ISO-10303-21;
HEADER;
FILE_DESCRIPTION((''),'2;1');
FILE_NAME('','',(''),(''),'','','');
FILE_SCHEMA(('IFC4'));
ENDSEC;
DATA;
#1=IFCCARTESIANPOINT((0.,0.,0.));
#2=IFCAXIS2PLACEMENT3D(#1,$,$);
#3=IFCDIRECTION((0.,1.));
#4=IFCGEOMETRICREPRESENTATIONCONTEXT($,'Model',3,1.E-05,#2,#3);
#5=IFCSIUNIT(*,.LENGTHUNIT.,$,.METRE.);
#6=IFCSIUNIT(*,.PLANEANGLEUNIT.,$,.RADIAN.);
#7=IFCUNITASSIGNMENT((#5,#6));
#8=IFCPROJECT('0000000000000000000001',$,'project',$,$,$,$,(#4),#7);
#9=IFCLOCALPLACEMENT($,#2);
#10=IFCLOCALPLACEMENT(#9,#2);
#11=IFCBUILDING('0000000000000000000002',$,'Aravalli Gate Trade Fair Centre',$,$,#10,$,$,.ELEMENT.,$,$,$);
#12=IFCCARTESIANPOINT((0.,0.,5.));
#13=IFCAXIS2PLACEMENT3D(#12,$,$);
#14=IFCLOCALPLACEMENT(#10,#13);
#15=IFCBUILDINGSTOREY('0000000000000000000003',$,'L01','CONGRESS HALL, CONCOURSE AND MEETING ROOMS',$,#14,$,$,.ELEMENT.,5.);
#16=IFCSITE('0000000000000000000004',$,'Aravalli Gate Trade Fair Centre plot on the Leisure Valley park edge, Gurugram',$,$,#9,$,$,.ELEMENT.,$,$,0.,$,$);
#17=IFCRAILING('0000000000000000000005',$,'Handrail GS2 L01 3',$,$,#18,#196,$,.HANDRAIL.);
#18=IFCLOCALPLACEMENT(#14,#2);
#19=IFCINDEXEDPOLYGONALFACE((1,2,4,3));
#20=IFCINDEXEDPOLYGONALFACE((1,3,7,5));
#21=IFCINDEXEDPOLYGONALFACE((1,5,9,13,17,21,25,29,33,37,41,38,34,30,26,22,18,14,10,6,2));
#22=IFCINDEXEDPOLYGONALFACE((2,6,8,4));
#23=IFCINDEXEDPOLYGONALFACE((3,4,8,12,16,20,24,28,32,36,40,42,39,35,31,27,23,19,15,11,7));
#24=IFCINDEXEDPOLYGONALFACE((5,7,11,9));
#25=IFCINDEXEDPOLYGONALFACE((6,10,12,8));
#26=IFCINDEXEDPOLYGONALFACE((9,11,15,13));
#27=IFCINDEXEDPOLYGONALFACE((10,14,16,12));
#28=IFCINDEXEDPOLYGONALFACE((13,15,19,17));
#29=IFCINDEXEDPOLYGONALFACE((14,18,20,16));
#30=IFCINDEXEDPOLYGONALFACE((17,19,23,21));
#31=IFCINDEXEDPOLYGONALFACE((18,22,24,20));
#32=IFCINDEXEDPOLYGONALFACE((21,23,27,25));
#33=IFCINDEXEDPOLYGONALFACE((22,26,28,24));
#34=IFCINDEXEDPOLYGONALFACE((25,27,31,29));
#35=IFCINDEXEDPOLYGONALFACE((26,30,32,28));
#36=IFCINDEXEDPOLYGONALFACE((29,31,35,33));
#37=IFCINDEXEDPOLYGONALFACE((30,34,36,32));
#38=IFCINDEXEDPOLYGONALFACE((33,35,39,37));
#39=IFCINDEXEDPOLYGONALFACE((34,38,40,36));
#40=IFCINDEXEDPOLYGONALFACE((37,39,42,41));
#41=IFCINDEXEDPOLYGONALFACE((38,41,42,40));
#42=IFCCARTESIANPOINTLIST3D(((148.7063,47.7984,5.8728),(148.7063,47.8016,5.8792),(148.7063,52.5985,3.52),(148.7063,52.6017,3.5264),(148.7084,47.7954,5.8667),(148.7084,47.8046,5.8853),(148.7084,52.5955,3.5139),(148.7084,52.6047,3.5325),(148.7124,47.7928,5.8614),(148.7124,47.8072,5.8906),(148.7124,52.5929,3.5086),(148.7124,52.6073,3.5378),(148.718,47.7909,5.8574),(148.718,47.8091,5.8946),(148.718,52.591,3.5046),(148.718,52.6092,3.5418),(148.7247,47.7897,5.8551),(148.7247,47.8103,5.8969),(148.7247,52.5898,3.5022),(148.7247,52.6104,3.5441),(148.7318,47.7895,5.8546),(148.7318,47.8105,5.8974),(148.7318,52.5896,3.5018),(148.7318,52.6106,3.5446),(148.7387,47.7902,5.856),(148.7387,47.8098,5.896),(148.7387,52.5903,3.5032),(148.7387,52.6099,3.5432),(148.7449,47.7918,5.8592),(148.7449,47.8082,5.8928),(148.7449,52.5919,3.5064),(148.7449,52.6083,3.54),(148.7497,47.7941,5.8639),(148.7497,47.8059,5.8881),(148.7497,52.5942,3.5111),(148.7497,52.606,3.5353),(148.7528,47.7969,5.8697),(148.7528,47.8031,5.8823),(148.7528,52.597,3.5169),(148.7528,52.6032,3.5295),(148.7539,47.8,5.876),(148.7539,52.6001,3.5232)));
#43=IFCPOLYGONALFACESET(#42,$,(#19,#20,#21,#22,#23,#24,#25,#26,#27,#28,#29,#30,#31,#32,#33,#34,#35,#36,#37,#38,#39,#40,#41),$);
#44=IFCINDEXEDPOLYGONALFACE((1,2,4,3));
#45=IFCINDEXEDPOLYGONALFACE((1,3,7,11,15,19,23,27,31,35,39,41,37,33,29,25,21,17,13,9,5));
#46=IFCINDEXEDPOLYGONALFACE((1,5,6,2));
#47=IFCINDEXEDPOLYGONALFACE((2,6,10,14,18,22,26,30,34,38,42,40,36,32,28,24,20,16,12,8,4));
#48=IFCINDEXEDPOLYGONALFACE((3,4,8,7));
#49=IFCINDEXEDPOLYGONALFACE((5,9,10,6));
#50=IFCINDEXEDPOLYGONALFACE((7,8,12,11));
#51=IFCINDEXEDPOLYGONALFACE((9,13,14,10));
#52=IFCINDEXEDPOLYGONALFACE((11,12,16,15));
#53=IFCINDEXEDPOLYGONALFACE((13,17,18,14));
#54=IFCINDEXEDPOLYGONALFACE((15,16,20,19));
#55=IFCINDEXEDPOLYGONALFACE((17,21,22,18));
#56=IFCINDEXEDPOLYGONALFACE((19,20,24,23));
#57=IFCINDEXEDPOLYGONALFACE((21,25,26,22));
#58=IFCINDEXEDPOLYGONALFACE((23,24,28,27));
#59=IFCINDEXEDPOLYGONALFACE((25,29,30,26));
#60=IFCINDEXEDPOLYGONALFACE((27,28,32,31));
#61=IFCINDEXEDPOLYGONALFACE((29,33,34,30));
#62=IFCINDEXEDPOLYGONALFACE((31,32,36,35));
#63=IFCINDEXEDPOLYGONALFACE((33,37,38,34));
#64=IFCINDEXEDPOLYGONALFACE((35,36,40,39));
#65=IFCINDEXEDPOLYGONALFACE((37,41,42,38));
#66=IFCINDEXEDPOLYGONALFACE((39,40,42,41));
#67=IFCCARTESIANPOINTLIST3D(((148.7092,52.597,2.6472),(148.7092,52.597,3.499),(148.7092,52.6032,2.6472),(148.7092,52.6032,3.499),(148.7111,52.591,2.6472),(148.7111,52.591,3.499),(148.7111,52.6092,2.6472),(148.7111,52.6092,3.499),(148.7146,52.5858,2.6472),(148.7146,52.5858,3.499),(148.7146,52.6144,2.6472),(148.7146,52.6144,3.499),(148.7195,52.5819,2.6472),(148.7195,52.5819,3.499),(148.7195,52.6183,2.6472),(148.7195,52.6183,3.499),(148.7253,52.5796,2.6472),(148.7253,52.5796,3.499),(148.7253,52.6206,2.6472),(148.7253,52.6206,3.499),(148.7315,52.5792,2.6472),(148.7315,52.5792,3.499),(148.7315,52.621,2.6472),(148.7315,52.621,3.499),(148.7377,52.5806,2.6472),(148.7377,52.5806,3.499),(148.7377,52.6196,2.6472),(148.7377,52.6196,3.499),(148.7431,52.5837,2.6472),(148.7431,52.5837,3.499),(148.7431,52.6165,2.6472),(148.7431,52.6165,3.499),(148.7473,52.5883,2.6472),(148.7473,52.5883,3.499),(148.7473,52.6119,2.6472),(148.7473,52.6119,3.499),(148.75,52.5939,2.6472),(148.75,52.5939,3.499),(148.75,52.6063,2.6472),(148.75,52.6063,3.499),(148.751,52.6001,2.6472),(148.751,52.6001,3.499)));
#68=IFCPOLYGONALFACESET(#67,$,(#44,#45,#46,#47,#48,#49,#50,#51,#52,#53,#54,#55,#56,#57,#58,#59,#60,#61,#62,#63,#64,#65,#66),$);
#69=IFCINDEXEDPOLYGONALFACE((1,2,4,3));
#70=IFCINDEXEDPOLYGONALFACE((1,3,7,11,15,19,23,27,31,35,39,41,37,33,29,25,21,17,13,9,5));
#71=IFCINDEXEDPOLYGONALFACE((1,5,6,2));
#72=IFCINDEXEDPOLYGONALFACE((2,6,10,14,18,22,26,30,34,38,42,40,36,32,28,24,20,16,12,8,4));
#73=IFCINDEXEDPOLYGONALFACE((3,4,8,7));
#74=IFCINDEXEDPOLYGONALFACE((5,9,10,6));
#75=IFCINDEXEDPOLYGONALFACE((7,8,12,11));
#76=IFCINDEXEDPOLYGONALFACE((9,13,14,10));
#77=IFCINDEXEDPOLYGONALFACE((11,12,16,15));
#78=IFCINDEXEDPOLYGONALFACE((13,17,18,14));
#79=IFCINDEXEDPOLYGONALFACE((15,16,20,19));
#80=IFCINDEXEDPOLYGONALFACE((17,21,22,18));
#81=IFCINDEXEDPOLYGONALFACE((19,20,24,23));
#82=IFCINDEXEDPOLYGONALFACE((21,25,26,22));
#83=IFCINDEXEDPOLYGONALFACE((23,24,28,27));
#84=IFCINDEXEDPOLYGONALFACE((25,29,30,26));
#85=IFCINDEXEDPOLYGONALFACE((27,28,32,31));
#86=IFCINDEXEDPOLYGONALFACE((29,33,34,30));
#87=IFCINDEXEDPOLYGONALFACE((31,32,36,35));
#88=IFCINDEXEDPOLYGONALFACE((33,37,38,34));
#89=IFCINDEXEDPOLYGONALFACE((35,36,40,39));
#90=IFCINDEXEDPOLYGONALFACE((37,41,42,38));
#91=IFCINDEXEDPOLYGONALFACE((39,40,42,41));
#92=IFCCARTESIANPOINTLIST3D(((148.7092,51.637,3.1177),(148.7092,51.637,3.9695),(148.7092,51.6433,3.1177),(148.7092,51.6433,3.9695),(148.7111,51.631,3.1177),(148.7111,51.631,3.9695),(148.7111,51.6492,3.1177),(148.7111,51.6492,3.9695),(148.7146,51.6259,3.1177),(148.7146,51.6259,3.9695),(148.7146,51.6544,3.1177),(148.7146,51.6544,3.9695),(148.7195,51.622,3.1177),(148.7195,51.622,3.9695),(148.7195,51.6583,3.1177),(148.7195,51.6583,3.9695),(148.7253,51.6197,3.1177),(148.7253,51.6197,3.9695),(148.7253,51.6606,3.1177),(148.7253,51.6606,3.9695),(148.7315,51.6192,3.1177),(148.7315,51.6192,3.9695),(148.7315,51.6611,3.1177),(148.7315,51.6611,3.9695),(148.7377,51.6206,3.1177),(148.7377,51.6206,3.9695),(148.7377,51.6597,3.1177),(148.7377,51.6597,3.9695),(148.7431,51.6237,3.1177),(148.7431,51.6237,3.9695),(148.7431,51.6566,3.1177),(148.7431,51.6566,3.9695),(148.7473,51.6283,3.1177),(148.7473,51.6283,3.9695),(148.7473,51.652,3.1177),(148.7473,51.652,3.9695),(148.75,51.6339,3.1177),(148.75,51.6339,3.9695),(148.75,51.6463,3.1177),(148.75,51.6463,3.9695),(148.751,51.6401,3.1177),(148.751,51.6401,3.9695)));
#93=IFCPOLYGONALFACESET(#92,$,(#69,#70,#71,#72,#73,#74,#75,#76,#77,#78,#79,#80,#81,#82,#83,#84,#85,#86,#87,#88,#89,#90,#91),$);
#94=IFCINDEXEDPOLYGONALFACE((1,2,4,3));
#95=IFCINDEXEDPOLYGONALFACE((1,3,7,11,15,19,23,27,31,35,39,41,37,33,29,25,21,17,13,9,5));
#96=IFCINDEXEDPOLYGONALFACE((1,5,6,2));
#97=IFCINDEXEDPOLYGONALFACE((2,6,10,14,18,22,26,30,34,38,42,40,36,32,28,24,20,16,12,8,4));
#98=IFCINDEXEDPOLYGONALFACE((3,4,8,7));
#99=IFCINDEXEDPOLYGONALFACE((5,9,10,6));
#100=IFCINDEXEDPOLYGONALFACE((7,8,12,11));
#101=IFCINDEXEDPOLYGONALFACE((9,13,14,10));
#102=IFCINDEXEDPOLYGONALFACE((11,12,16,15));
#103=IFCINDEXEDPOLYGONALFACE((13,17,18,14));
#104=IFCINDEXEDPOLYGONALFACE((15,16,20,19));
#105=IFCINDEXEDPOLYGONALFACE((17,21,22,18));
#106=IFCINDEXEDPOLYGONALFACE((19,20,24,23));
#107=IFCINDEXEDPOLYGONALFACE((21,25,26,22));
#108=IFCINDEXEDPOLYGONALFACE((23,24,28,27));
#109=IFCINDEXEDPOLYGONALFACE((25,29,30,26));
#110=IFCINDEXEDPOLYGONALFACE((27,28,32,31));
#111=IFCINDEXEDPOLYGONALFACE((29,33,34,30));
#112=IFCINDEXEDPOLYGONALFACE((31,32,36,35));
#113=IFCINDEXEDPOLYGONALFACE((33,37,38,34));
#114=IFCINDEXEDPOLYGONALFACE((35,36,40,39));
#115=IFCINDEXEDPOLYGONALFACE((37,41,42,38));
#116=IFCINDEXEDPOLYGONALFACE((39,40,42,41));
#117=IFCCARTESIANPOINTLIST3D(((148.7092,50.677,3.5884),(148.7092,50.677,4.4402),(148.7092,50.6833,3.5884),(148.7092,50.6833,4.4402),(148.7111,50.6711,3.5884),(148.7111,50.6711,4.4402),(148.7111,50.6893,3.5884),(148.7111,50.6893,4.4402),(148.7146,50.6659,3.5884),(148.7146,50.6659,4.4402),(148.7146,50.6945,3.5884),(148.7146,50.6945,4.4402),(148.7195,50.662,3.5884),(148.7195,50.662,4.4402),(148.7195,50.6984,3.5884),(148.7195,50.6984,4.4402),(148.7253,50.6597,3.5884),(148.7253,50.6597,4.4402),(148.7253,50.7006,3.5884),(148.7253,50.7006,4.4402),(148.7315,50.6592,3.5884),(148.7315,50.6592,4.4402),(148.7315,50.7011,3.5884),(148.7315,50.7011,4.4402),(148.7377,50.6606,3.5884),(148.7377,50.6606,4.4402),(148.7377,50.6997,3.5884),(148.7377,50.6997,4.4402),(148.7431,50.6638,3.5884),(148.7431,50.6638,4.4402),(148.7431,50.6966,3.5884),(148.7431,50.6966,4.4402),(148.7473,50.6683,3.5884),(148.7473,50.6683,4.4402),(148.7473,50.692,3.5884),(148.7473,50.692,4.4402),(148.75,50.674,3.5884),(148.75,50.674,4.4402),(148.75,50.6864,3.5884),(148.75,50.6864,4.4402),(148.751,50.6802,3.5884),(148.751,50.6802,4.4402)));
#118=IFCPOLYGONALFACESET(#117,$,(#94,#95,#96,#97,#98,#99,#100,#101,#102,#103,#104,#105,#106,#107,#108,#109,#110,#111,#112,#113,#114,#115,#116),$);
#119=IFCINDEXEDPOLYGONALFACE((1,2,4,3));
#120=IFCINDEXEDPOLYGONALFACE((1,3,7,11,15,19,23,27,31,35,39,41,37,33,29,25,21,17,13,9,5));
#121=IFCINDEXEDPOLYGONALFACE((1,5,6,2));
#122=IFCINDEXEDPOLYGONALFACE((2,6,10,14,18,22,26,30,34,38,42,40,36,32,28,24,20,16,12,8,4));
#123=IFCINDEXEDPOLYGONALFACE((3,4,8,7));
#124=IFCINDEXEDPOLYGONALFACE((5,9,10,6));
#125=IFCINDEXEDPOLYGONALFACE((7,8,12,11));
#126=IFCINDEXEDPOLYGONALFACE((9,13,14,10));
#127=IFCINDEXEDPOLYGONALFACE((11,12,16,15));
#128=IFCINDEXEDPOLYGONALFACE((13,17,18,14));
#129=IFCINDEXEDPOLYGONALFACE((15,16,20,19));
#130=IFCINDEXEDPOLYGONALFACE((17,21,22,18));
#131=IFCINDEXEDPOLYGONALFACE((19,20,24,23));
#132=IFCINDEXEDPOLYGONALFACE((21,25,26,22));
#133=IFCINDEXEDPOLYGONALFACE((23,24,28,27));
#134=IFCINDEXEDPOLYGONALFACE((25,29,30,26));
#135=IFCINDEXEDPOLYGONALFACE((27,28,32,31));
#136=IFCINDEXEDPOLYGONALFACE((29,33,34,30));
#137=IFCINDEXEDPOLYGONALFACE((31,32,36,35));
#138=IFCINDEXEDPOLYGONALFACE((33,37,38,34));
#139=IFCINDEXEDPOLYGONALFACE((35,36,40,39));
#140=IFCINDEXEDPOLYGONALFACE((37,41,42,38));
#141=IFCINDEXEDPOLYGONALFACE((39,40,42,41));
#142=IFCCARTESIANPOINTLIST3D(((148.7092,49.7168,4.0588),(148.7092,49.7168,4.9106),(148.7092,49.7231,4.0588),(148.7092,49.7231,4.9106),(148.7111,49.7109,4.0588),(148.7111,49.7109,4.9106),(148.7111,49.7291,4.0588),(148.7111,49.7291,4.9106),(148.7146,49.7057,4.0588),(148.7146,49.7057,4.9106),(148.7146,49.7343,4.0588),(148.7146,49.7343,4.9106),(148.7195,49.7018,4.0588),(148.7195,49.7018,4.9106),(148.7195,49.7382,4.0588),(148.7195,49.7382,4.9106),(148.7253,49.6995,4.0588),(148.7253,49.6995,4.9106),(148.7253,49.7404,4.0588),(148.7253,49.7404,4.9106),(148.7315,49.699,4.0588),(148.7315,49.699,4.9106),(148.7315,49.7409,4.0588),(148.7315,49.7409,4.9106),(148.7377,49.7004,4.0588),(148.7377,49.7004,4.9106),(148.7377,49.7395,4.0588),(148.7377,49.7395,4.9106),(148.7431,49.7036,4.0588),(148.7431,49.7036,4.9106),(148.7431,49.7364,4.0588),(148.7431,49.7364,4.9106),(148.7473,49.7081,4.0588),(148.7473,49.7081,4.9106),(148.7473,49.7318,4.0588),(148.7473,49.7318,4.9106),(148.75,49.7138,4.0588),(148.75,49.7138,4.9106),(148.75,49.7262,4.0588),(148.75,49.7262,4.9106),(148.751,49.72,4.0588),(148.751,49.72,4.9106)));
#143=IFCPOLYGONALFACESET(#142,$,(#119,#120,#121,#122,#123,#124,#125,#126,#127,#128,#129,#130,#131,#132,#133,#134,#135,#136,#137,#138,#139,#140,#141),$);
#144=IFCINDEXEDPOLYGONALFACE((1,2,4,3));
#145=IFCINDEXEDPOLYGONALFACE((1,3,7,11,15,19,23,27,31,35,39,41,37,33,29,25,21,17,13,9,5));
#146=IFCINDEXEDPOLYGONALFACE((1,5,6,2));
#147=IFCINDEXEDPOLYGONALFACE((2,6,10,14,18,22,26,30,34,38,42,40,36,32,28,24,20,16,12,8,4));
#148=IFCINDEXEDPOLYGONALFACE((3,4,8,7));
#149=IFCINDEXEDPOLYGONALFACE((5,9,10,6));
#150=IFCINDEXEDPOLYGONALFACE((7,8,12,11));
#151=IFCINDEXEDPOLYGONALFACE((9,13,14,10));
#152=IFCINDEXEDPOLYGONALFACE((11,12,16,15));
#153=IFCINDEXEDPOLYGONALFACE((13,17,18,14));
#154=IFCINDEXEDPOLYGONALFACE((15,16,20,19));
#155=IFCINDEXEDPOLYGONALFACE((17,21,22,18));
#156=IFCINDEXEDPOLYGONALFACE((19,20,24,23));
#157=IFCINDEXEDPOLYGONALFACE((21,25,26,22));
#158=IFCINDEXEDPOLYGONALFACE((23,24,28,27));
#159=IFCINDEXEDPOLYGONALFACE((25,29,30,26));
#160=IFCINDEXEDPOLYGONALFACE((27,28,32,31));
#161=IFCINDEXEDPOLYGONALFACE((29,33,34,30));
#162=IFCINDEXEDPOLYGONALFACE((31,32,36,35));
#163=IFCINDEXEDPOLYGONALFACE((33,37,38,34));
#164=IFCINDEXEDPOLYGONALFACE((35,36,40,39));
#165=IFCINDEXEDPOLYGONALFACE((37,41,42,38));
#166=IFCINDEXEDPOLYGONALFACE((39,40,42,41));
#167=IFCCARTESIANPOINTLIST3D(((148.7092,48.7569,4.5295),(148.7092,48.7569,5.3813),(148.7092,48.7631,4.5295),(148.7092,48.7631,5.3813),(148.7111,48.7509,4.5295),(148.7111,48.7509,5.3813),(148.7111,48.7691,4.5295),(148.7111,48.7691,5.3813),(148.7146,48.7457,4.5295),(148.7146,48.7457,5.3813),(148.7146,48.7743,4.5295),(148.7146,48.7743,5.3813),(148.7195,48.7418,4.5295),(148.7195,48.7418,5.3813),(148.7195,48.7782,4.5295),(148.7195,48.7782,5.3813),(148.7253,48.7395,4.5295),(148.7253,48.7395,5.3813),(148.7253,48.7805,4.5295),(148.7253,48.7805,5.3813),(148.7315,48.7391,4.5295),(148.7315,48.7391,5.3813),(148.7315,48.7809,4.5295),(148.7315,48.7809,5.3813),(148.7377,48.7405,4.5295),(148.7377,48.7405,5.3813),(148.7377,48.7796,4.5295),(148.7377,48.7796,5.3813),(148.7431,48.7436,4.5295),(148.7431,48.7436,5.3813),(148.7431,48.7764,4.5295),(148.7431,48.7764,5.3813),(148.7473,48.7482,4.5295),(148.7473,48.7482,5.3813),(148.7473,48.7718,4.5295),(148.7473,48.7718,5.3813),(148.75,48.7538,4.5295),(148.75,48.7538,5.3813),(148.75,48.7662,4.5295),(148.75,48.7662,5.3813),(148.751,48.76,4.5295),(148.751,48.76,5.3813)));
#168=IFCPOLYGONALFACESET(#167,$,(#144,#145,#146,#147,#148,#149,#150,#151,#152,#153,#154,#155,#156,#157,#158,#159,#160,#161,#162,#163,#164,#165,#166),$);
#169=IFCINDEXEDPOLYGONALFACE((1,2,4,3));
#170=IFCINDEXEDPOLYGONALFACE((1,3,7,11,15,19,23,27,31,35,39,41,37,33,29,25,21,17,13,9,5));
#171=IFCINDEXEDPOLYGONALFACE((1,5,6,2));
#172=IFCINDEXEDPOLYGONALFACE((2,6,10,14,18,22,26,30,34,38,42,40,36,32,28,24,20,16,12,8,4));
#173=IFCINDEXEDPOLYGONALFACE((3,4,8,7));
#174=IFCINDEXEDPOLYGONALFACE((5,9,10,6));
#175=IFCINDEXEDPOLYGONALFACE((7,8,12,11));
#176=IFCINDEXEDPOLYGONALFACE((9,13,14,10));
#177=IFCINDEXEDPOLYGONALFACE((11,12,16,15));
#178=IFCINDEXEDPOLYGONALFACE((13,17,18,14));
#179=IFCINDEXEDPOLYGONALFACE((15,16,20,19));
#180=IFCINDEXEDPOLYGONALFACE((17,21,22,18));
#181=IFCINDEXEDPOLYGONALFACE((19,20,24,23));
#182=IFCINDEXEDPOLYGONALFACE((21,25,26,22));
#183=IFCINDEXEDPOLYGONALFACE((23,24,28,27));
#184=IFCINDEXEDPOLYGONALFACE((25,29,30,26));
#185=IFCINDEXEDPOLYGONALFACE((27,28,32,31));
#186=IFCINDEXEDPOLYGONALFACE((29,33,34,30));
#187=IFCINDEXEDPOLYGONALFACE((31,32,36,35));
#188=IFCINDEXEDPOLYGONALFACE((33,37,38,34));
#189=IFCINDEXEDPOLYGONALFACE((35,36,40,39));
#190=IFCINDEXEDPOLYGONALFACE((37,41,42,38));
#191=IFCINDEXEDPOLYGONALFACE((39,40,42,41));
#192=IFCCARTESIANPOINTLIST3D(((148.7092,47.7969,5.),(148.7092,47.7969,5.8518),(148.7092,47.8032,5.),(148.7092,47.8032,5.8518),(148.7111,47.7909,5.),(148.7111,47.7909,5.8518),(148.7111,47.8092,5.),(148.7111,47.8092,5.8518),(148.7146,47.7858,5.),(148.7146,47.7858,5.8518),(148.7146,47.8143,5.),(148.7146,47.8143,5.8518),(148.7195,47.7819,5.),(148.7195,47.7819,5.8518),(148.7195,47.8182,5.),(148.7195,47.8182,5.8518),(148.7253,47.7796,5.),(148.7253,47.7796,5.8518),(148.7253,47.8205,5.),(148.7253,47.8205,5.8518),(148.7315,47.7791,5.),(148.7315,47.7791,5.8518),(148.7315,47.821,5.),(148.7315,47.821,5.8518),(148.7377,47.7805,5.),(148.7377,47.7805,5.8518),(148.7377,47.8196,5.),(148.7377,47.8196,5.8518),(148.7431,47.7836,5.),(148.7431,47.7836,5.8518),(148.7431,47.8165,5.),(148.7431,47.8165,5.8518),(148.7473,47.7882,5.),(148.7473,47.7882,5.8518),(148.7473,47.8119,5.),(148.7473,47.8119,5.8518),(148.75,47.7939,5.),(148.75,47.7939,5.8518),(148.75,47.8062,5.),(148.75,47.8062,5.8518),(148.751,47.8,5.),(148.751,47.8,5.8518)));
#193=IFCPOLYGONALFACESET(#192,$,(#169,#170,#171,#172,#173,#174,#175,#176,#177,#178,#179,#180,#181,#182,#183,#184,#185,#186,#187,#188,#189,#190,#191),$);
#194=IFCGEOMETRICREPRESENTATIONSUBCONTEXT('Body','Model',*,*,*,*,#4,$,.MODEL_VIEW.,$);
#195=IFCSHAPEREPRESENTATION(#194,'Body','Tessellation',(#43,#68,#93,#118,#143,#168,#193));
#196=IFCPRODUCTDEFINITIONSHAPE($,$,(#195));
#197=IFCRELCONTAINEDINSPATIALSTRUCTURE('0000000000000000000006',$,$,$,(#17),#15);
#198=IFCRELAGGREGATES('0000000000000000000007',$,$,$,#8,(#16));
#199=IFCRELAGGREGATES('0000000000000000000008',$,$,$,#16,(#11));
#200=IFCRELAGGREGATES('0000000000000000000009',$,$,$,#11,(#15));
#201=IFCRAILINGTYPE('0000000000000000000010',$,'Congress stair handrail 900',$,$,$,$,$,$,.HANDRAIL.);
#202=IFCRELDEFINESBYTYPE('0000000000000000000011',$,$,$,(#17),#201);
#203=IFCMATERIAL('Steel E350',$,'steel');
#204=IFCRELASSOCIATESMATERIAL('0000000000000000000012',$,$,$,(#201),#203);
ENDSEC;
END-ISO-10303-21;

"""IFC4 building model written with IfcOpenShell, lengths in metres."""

from ifc_helpers import new_model, si_unit, direction, frame, origin, origin_2d, place, context, subcontext, project, spatial, circle, extrude, material, type_object, element, save


model = new_model("IFC4")

# Units and contexts
model_context = context("Model", 3, precision=1e-05, world=origin(), true_north=direction((0.0, 1.0)))
body_context = subcontext(model_context, "Body", "Model", "MODEL_VIEW")
ifc_project = project(units=[si_unit("LENGTHUNIT", "METRE"), si_unit("PLANEANGLEUNIT", "RADIAN")], contexts=[model_context])

# Site, building, storey
site_placement = place(None, origin())
site = spatial("IfcSite", under=ifc_project, at=site_placement, Name="Aravalli Gate Trade Fair Centre plot on the Leisure Valley park edge, Gurugram", CompositionType="ELEMENT", RefElevation=0.0)
building_placement = place(site_placement, origin())
building = spatial("IfcBuilding", under=site, at=building_placement, Name="Aravalli Gate Trade Fair Centre", CompositionType="ELEMENT")
storey_placement = place(building_placement, frame((0.0, 0.0, 5.0)))
storey = spatial("IfcBuildingStorey", under=building, at=storey_placement, Name="L01", Description="CONGRESS HALL, CONCOURSE AND MEETING ROOMS", CompositionType="ELEMENT", Elevation=5.0)

# Railing
ifc_material_1 = material(Name="Steel E350", Category="steel")
railing_type = type_object("IfcRailingType", Name="Congress stair handrail 900", PredefinedType="HANDRAIL", material=ifc_material_1)
for number, where, name in (
    (1, (148.73, 52.6001, 2.6472), "Handrail GS2 L01 3"),
):
    element("IfcRailing", number, at=place(storey_placement, frame(where)), inside=storey, type_object=railing_type, Name=name, PredefinedType="HANDRAIL", context=body_context, shape_type="SweptSolid", body=[
        extrude(circle(Radius=0.0239, at=origin_2d()), frame((0.0, 0.0, 0.876), z_axis=(0.0, -0.897934, 0.44013), x_axis=(1.0, 0.0, 0.0)), (0.0, 0.0, 1.0), 5.3457),
        extrude(circle(Radius=0.021, at=origin_2d()), origin(), (0.0, 0.0, 1.0), 0.8518),
        extrude(circle(Radius=0.021, at=origin_2d()), frame((0.0, -0.96, 0.4705)), (0.0, 0.0, 1.0), 0.8518),
        extrude(circle(Radius=0.021, at=origin_2d()), frame((0.0, -1.9199, 0.9412)), (0.0, 0.0, 1.0), 0.8518),
        extrude(circle(Radius=0.021, at=origin_2d()), frame((0.0, -2.8801, 1.4116)), (0.0, 0.0, 1.0), 0.8518),
        extrude(circle(Radius=0.021, at=origin_2d()), frame((0.0, -3.8401, 1.8823)), (0.0, 0.0, 1.0), 0.8518),
        extrude(circle(Radius=0.021, at=origin_2d()), frame((0.0, -4.8, 2.3528)), (0.0, 0.0, 1.0), 0.8518),
    ])

save(model, "model.ifc")
